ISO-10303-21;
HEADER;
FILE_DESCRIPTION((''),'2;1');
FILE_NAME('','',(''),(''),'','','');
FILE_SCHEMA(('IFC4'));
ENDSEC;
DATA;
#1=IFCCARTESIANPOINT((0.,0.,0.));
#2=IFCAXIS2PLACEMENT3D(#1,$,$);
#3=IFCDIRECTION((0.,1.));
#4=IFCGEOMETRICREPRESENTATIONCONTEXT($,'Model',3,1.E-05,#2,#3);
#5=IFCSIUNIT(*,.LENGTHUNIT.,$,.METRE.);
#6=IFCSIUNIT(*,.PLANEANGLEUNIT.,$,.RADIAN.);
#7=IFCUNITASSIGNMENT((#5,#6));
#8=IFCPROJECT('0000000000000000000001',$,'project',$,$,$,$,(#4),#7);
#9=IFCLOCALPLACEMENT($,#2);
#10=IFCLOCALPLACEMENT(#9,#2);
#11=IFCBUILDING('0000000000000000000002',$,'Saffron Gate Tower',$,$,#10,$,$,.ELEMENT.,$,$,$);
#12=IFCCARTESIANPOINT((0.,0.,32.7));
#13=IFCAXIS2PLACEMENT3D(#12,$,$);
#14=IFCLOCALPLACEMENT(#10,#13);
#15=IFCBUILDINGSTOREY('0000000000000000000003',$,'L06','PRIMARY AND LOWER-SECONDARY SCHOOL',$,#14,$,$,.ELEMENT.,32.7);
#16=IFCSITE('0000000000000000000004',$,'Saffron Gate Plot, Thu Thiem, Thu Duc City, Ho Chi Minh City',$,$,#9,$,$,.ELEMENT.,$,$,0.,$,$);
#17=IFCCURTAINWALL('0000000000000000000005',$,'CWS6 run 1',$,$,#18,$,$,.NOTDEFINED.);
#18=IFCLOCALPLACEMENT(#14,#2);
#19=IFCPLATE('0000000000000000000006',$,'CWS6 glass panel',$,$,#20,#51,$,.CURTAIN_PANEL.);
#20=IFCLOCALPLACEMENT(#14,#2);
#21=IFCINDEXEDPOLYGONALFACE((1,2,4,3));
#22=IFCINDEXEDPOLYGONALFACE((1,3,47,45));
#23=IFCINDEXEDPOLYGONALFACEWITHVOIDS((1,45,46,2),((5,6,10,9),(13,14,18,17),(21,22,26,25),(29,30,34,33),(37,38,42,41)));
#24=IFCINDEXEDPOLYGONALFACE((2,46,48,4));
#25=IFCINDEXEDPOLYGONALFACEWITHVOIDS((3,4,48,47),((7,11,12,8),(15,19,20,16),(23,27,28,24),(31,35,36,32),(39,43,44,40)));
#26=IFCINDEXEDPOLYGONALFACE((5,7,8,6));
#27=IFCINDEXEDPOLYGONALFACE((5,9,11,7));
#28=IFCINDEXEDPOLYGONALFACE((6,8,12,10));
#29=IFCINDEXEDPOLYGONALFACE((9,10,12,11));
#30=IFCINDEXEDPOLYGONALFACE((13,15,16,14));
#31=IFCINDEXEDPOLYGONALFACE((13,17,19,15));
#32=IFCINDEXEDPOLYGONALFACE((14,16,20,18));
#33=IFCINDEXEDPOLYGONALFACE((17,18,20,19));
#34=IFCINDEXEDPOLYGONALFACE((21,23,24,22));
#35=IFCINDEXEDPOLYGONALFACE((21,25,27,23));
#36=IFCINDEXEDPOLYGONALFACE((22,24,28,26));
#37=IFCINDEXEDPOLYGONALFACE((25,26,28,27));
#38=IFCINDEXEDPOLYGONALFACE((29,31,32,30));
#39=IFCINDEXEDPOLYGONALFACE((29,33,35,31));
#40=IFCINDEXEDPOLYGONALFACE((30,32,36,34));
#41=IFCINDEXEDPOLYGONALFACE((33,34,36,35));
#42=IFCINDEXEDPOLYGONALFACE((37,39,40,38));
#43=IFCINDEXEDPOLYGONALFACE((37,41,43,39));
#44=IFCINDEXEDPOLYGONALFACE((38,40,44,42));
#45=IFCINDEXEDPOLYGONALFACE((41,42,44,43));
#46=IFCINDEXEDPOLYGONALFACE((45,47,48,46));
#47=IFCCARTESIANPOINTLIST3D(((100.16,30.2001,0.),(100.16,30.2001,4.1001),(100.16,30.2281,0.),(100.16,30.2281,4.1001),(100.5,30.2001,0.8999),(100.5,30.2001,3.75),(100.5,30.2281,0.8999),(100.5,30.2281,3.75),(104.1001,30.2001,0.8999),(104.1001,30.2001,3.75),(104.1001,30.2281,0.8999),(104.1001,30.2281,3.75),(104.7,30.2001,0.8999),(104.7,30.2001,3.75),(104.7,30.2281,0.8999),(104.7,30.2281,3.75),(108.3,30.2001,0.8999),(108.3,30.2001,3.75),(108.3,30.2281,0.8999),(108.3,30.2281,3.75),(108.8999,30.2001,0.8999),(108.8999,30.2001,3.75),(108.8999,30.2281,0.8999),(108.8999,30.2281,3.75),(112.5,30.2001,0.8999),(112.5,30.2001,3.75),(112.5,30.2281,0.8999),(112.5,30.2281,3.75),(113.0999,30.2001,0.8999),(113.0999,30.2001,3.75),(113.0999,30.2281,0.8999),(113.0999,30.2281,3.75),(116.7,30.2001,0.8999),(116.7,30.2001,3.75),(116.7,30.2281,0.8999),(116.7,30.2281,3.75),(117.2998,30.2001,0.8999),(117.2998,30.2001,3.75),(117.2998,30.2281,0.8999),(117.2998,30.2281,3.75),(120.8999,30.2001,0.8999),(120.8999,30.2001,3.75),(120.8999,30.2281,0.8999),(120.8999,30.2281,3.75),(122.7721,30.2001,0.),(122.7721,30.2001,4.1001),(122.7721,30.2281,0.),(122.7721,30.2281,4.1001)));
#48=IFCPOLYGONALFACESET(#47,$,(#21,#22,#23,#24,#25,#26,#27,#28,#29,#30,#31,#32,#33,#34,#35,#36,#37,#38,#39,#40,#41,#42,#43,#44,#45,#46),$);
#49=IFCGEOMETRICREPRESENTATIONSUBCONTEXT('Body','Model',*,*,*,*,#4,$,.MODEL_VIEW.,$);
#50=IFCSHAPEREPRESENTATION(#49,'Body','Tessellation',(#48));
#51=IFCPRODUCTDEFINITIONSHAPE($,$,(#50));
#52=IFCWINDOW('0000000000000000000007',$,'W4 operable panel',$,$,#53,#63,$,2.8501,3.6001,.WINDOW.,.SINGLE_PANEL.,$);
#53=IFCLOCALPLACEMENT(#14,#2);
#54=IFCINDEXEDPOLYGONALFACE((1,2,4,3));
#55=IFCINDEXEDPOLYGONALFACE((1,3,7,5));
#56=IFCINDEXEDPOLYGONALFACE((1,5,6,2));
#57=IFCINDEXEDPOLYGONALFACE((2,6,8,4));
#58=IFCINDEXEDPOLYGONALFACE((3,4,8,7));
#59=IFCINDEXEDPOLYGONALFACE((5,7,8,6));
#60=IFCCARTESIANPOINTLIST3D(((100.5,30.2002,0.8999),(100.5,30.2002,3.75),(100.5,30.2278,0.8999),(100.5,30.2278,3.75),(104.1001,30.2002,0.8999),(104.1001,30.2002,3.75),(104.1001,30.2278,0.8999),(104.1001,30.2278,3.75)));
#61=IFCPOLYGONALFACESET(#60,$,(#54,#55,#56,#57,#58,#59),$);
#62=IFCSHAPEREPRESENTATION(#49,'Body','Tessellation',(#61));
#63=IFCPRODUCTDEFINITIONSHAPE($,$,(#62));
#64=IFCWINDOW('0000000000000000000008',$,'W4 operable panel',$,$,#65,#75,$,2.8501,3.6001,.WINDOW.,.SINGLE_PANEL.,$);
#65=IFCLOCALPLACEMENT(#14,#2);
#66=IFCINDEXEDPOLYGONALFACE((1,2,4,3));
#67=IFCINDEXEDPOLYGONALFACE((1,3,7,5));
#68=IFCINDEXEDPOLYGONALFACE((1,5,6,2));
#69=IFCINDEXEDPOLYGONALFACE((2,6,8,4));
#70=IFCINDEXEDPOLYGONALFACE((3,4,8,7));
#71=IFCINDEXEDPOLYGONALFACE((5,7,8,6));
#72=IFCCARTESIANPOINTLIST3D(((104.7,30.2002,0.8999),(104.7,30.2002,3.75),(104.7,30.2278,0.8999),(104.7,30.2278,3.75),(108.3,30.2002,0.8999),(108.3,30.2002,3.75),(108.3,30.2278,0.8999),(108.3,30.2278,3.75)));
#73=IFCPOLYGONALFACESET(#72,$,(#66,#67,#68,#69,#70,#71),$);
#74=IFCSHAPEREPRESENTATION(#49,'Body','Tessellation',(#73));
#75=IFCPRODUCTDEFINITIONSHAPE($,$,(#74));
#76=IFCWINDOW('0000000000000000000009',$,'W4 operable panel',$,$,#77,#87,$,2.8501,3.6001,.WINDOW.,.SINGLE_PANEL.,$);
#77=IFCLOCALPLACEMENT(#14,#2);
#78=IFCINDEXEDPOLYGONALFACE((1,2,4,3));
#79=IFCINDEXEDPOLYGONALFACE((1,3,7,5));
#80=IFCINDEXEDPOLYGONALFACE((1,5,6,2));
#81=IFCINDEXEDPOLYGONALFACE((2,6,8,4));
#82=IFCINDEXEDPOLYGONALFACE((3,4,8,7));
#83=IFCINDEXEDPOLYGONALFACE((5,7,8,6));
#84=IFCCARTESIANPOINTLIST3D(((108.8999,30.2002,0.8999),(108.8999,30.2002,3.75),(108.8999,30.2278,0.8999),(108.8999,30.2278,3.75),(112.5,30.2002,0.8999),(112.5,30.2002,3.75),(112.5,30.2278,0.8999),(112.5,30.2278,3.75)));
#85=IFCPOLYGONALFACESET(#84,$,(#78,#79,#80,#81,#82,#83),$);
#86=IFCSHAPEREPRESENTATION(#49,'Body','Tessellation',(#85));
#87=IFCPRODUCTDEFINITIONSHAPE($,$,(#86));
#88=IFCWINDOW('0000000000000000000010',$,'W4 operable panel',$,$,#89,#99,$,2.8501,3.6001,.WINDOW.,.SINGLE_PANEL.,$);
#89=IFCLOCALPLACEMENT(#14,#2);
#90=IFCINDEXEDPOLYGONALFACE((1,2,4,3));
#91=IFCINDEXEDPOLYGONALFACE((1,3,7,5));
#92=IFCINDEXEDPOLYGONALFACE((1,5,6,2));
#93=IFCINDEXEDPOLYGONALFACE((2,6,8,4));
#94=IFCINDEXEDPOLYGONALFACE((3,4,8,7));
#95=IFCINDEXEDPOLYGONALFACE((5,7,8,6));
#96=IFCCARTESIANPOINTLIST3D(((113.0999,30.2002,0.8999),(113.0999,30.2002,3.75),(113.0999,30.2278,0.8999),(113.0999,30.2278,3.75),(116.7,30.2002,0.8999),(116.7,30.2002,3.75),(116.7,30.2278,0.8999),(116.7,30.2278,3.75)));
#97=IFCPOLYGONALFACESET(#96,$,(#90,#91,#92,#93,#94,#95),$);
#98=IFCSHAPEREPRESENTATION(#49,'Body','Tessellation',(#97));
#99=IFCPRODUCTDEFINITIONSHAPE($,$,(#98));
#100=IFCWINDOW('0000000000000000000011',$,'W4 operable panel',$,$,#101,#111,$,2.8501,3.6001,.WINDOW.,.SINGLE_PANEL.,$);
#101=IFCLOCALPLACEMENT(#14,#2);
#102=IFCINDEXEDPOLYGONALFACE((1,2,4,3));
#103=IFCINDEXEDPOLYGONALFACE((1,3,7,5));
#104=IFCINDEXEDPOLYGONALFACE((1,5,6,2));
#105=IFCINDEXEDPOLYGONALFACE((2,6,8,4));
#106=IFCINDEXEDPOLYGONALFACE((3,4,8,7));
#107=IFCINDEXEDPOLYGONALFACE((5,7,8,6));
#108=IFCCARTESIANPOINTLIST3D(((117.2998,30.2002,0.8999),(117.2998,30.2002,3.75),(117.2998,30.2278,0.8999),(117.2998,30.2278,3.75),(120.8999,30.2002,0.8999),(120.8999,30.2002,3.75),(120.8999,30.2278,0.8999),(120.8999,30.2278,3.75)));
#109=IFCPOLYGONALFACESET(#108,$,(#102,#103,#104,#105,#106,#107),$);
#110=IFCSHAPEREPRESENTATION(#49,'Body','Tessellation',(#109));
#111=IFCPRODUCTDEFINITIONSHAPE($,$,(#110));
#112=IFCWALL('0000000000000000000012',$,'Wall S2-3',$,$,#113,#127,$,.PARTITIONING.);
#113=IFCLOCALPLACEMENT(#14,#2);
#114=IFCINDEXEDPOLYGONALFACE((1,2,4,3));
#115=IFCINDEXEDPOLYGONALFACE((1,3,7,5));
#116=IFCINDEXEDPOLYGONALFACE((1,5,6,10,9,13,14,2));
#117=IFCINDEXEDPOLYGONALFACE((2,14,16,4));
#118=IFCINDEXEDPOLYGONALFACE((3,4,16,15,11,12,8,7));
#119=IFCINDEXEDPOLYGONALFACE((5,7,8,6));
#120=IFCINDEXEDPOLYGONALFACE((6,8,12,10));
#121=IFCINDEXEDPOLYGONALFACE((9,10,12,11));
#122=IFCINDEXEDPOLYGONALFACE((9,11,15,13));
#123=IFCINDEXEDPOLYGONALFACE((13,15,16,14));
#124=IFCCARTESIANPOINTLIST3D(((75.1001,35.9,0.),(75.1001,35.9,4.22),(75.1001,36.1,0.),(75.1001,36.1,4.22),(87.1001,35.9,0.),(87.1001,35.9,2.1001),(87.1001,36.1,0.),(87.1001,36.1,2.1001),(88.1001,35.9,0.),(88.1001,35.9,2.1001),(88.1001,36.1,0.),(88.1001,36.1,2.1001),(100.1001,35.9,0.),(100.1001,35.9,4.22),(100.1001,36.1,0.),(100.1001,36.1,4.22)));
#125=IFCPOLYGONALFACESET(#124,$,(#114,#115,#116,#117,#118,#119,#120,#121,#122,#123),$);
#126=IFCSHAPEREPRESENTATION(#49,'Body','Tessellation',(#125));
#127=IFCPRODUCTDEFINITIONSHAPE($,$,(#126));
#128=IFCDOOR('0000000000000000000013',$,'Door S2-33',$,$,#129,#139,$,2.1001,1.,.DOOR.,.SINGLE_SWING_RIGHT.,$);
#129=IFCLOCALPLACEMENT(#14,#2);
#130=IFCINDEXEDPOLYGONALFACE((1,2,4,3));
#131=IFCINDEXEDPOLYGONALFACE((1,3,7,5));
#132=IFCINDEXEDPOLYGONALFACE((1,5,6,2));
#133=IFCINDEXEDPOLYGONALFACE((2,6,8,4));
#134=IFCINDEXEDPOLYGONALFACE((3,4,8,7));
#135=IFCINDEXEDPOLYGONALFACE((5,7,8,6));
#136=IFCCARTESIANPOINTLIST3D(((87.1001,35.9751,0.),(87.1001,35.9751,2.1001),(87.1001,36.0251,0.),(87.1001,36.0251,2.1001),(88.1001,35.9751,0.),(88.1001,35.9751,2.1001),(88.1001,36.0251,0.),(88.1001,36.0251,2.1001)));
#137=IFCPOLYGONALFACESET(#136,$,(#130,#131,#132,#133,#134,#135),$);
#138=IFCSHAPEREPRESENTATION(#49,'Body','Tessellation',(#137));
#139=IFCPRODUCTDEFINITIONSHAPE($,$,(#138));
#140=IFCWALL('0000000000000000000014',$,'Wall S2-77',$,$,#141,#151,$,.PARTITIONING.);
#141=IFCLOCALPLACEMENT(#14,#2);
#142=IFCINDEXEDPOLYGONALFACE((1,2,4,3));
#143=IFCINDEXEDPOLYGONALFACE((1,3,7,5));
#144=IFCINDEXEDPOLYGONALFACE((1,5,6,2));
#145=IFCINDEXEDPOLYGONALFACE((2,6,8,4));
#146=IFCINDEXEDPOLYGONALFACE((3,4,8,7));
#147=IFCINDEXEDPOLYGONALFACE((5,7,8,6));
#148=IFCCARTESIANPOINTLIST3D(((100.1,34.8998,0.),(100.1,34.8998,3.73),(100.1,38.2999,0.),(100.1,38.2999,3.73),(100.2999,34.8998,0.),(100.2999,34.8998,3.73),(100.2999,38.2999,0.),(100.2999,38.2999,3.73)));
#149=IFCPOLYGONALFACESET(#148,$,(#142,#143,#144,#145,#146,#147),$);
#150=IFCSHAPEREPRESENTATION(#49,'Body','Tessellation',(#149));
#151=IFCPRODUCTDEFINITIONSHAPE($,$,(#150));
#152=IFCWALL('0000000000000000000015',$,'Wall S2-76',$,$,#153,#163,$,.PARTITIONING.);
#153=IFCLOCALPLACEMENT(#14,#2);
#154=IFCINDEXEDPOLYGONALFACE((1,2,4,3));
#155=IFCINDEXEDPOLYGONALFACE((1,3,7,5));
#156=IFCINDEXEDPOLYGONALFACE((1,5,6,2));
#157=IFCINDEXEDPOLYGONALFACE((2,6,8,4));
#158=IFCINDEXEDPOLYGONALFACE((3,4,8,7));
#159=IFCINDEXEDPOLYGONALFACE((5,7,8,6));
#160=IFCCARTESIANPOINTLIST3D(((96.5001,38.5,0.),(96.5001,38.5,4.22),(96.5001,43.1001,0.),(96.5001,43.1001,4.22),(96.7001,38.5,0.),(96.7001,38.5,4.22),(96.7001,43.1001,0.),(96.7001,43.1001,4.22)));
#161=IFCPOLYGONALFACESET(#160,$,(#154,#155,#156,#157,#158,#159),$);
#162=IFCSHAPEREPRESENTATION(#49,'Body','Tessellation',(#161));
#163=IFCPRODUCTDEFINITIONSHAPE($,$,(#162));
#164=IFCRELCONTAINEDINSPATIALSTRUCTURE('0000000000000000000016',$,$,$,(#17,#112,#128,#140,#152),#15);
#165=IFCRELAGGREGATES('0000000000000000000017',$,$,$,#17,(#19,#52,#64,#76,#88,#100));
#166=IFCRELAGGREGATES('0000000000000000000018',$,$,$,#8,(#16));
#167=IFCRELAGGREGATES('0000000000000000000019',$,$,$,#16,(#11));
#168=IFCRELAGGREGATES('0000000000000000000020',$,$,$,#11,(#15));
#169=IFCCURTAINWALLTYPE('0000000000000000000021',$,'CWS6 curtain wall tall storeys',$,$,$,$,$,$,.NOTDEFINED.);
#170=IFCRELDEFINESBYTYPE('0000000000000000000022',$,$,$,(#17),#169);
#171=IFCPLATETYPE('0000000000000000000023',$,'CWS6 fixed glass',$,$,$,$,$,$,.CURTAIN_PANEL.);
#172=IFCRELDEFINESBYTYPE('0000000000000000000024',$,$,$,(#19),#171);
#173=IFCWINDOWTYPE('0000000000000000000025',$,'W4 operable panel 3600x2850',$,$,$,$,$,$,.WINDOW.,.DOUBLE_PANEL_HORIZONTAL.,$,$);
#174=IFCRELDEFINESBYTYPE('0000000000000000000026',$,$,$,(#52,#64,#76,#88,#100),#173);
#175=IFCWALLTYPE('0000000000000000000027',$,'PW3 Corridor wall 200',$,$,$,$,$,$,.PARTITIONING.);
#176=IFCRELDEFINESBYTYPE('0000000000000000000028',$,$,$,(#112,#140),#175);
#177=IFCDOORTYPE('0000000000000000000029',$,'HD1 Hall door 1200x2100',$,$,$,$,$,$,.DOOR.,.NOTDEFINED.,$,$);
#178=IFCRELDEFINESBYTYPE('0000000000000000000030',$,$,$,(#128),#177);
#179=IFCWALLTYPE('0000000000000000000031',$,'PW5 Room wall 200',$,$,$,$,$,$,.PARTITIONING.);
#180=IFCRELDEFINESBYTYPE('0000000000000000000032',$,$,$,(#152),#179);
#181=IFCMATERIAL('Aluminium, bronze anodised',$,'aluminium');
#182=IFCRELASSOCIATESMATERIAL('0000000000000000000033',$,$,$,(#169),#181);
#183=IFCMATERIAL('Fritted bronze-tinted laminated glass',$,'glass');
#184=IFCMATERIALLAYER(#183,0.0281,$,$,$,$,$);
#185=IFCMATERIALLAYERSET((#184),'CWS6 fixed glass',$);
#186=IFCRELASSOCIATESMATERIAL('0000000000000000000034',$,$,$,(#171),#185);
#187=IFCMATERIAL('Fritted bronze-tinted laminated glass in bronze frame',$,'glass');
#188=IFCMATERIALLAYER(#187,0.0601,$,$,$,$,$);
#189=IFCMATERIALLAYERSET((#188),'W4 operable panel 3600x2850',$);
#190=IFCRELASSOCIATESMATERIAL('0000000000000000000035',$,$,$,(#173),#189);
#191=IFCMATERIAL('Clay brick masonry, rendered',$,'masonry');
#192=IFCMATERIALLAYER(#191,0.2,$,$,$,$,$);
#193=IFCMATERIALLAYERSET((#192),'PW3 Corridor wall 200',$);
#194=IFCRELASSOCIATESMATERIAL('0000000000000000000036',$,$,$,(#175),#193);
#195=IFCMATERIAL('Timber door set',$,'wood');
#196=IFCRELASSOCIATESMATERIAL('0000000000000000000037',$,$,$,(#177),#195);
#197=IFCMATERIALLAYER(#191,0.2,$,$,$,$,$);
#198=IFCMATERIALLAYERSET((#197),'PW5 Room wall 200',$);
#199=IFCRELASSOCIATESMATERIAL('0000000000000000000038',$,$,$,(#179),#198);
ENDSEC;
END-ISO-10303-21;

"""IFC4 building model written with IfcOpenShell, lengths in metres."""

from ifc_helpers import new_model, si_unit, direction, frame, frame_2d, origin, place, context, subcontext, project, spatial, rectangle, extrude, material, layer, layer_set, type_object, element, fill, aggregate, save


model = new_model("IFC4")

# Units and contexts
model_context = context("Model", 3, precision=1e-05, world=origin(), true_north=direction((0.0, 1.0)))
body_context = subcontext(model_context, "Body", "Model", "MODEL_VIEW")
ifc_project = project(units=[si_unit("LENGTHUNIT", "METRE"), si_unit("PLANEANGLEUNIT", "RADIAN")], contexts=[model_context])

# Site, building, storey
site_placement = place(None, origin())
site = spatial("IfcSite", under=ifc_project, at=site_placement, Name="Saffron Gate Plot, Thu Thiem, Thu Duc City, Ho Chi Minh City", CompositionType="ELEMENT", RefElevation=0.0)
building_placement = place(site_placement, origin())
building = spatial("IfcBuilding", under=site, at=building_placement, Name="Saffron Gate Tower", CompositionType="ELEMENT")
storey_placement = place(building_placement, frame((0.0, 0.0, 32.7)))
storey = spatial("IfcBuildingStorey", under=building, at=storey_placement, Name="L06", Description="PRIMARY AND LOWER-SECONDARY SCHOOL", CompositionType="ELEMENT", Elevation=32.7)

# Curtain wall, plate, openings, windows
ifc_material_1 = material(Name="Aluminium, bronze anodised", Category="aluminium")
curtain_wall_type = type_object("IfcCurtainWallType", Name="CWS6 curtain wall tall storeys", PredefinedType="NOTDEFINED", material=ifc_material_1)
curtain_wall_placement = place(storey_placement, origin())
curtain_wall = element("IfcCurtainWall", 1, at=curtain_wall_placement, inside=storey, type_object=curtain_wall_type, Name="CWS6 run 1", PredefinedType="NOTDEFINED")
ifc_material_2 = material(Name="Fritted bronze-tinted laminated glass", Category="glass")
ifc_layer_1 = layer(ifc_material_2, 0.0281)
ifc_layer_set_1 = layer_set([ifc_layer_1], Name="CWS6 fixed glass")
plate_type = type_object("IfcPlateType", Name="CWS6 fixed glass", PredefinedType="CURTAIN_PANEL", material=ifc_layer_set_1)
plate_placement = place(storey_placement, frame((100.1599, 30.2141, 0.0), z_axis=(0.0, 0.0, 1.0), x_axis=(1.0, 0.0, 0.0)))
plate = element("IfcPlate", 2, at=plate_placement, type_object=plate_type, Name="CWS6 glass panel", PredefinedType="CURTAIN_PANEL", context=body_context, shape_type="SweptSolid", body=[
    extrude(rectangle(XDim=22.6121, YDim=0.0281, at=frame_2d((11.3062, 0.0))), origin(), (0.0, 0.0, 1.0), 4.1001),
])
opening_1_placement = place(plate_placement, frame((0.3401, 0.0, 0.8999)))
opening_1 = element("IfcOpeningElement", 3, at=opening_1_placement, cuts=plate, PredefinedType="OPENING", context=body_context, shape_type="SweptSolid", body=[
    extrude(rectangle(XDim=3.6001, YDim=2.8501, at=frame_2d((1.8, 1.425))), frame((0.0, 0.0239, 0.0), z_axis=(0.0, -1.0, 0.0), x_axis=(1.0, 0.0, 0.0)), (0.0, 0.0, 1.0), 0.0481),
])
opening_2_placement = place(plate_placement, frame((4.54, 0.0, 0.8999)))
opening_2 = element("IfcOpeningElement", 4, at=opening_2_placement, cuts=plate, PredefinedType="OPENING", context=body_context, shape_type="SweptSolid", body=[
    extrude(rectangle(XDim=3.6001, YDim=2.8501, at=frame_2d((1.8, 1.425))), frame((0.0, 0.0239, 0.0), z_axis=(0.0, -1.0, 0.0), x_axis=(1.0, 0.0, 0.0)), (0.0, 0.0, 1.0), 0.0481),
])
opening_3_placement = place(plate_placement, frame((8.74, 0.0, 0.8999)))
opening_3 = element("IfcOpeningElement", 5, at=opening_3_placement, cuts=plate, PredefinedType="OPENING", context=body_context, shape_type="SweptSolid", body=[
    extrude(rectangle(XDim=3.6001, YDim=2.8501, at=frame_2d((1.8, 1.425))), frame((0.0, 0.0239, 0.0), z_axis=(0.0, -1.0, 0.0), x_axis=(1.0, 0.0, 0.0)), (0.0, 0.0, 1.0), 0.0481),
])
opening_4_placement = place(plate_placement, frame((12.9399, 0.0, 0.8999)))
opening_4 = element("IfcOpeningElement", 6, at=opening_4_placement, cuts=plate, PredefinedType="OPENING", context=body_context, shape_type="SweptSolid", body=[
    extrude(rectangle(XDim=3.6001, YDim=2.8501, at=frame_2d((1.8, 1.425))), frame((0.0, 0.0239, 0.0), z_axis=(0.0, -1.0, 0.0), x_axis=(1.0, 0.0, 0.0)), (0.0, 0.0, 1.0), 0.0481),
])
opening_5_placement = place(plate_placement, frame((17.1399, 0.0, 0.8999)))
opening_5 = element("IfcOpeningElement", 7, at=opening_5_placement, cuts=plate, PredefinedType="OPENING", context=body_context, shape_type="SweptSolid", body=[
    extrude(rectangle(XDim=3.6001, YDim=2.8501, at=frame_2d((1.8, 1.425))), frame((0.0, 0.0239, 0.0), z_axis=(0.0, -1.0, 0.0), x_axis=(1.0, 0.0, 0.0)), (0.0, 0.0, 1.0), 0.0481),
])
ifc_material_3 = material(Name="Fritted bronze-tinted laminated glass in bronze frame", Category="glass")
ifc_layer_2 = layer(ifc_material_3, 0.0601)
ifc_layer_set_2 = layer_set([ifc_layer_2], Name="W4 operable panel 3600x2850")
window_type = type_object("IfcWindowType", Name="W4 operable panel 3600x2850", PartitioningType="DOUBLE_PANEL_HORIZONTAL", PredefinedType="WINDOW", material=ifc_layer_set_2)
window_1_placement = place(opening_1_placement, origin())
window_1 = element("IfcWindow", 8, at=window_1_placement, type_object=window_type, Name="W4 operable panel", OverallHeight=2.8501, OverallWidth=3.6001, PartitioningType="SINGLE_PANEL", PredefinedType="WINDOW", context=body_context, shape_type="SweptSolid", body=[
    extrude(rectangle(XDim=3.6001, YDim=2.8501, at=frame_2d((1.8, 1.425))), frame((0.0, 0.0137, 0.0), z_axis=(0.0, -1.0, 0.0), x_axis=(1.0, 0.0, 0.0)), (0.0, 0.0, 1.0), 0.0276),
])
fill(opening_1, window_1)
window_2_placement = place(opening_2_placement, origin())
window_2 = element("IfcWindow", 9, at=window_2_placement, type_object=window_type, Name="W4 operable panel", OverallHeight=2.8501, OverallWidth=3.6001, PartitioningType="SINGLE_PANEL", PredefinedType="WINDOW", context=body_context, shape_type="SweptSolid", body=[
    extrude(rectangle(XDim=3.6001, YDim=2.8501, at=frame_2d((1.8, 1.425))), frame((0.0, 0.0137, 0.0), z_axis=(0.0, -1.0, 0.0), x_axis=(1.0, 0.0, 0.0)), (0.0, 0.0, 1.0), 0.0276),
])
fill(opening_2, window_2)
window_3_placement = place(opening_3_placement, origin())
window_3 = element("IfcWindow", 10, at=window_3_placement, type_object=window_type, Name="W4 operable panel", OverallHeight=2.8501, OverallWidth=3.6001, PartitioningType="SINGLE_PANEL", PredefinedType="WINDOW", context=body_context, shape_type="SweptSolid", body=[
    extrude(rectangle(XDim=3.6001, YDim=2.8501, at=frame_2d((1.8, 1.425))), frame((0.0, 0.0137, 0.0), z_axis=(0.0, -1.0, 0.0), x_axis=(1.0, 0.0, 0.0)), (0.0, 0.0, 1.0), 0.0276),
])
fill(opening_3, window_3)
window_4_placement = place(opening_4_placement, origin())
window_4 = element("IfcWindow", 11, at=window_4_placement, type_object=window_type, Name="W4 operable panel", OverallHeight=2.8501, OverallWidth=3.6001, PartitioningType="SINGLE_PANEL", PredefinedType="WINDOW", context=body_context, shape_type="SweptSolid", body=[
    extrude(rectangle(XDim=3.6001, YDim=2.8501, at=frame_2d((1.8, 1.425))), frame((0.0, 0.0137, 0.0), z_axis=(0.0, -1.0, 0.0), x_axis=(1.0, 0.0, 0.0)), (0.0, 0.0, 1.0), 0.0276),
])
fill(opening_4, window_4)
window_5_placement = place(opening_5_placement, origin())
window_5 = element("IfcWindow", 12, at=window_5_placement, type_object=window_type, Name="W4 operable panel", OverallHeight=2.8501, OverallWidth=3.6001, PartitioningType="SINGLE_PANEL", PredefinedType="WINDOW", context=body_context, shape_type="SweptSolid", body=[
    extrude(rectangle(XDim=3.6001, YDim=2.8501, at=frame_2d((1.8, 1.425))), frame((0.0, 0.0137, 0.0), z_axis=(0.0, -1.0, 0.0), x_axis=(1.0, 0.0, 0.0)), (0.0, 0.0, 1.0), 0.0276),
])
fill(opening_5, window_5)
aggregate(curtain_wall, [plate, window_1, window_2, window_3, window_4, window_5])

# Wall, opening, door
ifc_material_4 = material(Name="Clay brick masonry, rendered", Category="masonry")
ifc_layer_3 = layer(ifc_material_4, 0.2)
ifc_layer_set_3 = layer_set([ifc_layer_3], Name="PW3 Corridor wall 200")
wall_type_1 = type_object("IfcWallType", Name="PW3 Corridor wall 200", PredefinedType="PARTITIONING", material=ifc_layer_set_3)
wall_1_placement = place(storey_placement, frame((100.1001, 36.0, 0.0), z_axis=(0.0, 0.0, 1.0), x_axis=(-1.0, 0.0, 0.0)))
wall_1 = element("IfcWall", 13, at=wall_1_placement, inside=storey, type_object=wall_type_1, Name="Wall S2-3", PredefinedType="PARTITIONING", context=body_context, shape_type="SweptSolid", body=[
    extrude(rectangle(XDim=25.0, YDim=0.2, at=frame_2d((12.5, 0.0))), origin(), (0.0, 0.0, 1.0), 4.22),
])
opening_6_placement = place(wall_1_placement, frame((12.0, 0.0, 0.0)))
opening_6 = element("IfcOpeningElement", 14, at=opening_6_placement, cuts=wall_1, PredefinedType="OPENING", context=body_context, shape_type="SweptSolid", body=[
    extrude(rectangle(XDim=1.0, YDim=2.1001, at=frame_2d((0.5, 1.05))), frame((0.0, 0.1099, 0.0), z_axis=(0.0, -1.0, 0.0), x_axis=(1.0, 0.0, 0.0)), (0.0, 0.0, 1.0), 0.22),
])
ifc_material_5 = material(Name="Timber door set", Category="wood")
door_type = type_object("IfcDoorType", Name="HD1 Hall door 1200x2100", OperationType="NOTDEFINED", PredefinedType="DOOR", material=ifc_material_5)
door_placement = place(opening_6_placement, origin())
door = element("IfcDoor", 15, at=door_placement, inside=storey, type_object=door_type, Name="Door S2-33", OperationType="SINGLE_SWING_RIGHT", OverallHeight=2.1001, OverallWidth=1.0, PredefinedType="DOOR", context=body_context, shape_type="SweptSolid", body=[
    extrude(rectangle(XDim=1.0, YDim=2.1001, at=frame_2d((0.5, 1.05))), frame((0.0, 0.0249, 0.0), z_axis=(0.0, -1.0, 0.0), x_axis=(1.0, 0.0, 0.0)), (0.0, 0.0, 1.0), 0.05),
])
fill(opening_6, door)

# Walls
wall_2_placement = place(storey_placement, frame((100.2, 38.3, 0.0), z_axis=(0.0, 0.0, 1.0), x_axis=(0.0, -1.0, 0.0)))
element("IfcWall", 16, at=wall_2_placement, inside=storey, type_object=wall_type_1, Name="Wall S2-77", PredefinedType="PARTITIONING", context=body_context, shape_type="SweptSolid", body=[
    extrude(rectangle(XDim=3.4001, YDim=0.2, at=frame_2d((1.7002, 0.0))), origin(), (0.0, 0.0, 1.0), 3.73),
])
ifc_layer_4 = layer(ifc_material_4, 0.2)
ifc_layer_set_4 = layer_set([ifc_layer_4], Name="PW5 Room wall 200")
wall_type_2 = type_object("IfcWallType", Name="PW5 Room wall 200", PredefinedType="PARTITIONING", material=ifc_layer_set_4)
wall_3_placement = place(storey_placement, frame((96.6001, 43.1001, 0.0), z_axis=(0.0, 0.0, 1.0), x_axis=(0.0, -1.0, 0.0)))
element("IfcWall", 17, at=wall_3_placement, inside=storey, type_object=wall_type_2, Name="Wall S2-76", PredefinedType="PARTITIONING", context=body_context, shape_type="SweptSolid", body=[
    extrude(rectangle(XDim=4.6001, YDim=0.2, at=frame_2d((2.3, 0.0))), origin(), (0.0, 0.0, 1.0), 4.22),
])

save(model, "model.ifc")
